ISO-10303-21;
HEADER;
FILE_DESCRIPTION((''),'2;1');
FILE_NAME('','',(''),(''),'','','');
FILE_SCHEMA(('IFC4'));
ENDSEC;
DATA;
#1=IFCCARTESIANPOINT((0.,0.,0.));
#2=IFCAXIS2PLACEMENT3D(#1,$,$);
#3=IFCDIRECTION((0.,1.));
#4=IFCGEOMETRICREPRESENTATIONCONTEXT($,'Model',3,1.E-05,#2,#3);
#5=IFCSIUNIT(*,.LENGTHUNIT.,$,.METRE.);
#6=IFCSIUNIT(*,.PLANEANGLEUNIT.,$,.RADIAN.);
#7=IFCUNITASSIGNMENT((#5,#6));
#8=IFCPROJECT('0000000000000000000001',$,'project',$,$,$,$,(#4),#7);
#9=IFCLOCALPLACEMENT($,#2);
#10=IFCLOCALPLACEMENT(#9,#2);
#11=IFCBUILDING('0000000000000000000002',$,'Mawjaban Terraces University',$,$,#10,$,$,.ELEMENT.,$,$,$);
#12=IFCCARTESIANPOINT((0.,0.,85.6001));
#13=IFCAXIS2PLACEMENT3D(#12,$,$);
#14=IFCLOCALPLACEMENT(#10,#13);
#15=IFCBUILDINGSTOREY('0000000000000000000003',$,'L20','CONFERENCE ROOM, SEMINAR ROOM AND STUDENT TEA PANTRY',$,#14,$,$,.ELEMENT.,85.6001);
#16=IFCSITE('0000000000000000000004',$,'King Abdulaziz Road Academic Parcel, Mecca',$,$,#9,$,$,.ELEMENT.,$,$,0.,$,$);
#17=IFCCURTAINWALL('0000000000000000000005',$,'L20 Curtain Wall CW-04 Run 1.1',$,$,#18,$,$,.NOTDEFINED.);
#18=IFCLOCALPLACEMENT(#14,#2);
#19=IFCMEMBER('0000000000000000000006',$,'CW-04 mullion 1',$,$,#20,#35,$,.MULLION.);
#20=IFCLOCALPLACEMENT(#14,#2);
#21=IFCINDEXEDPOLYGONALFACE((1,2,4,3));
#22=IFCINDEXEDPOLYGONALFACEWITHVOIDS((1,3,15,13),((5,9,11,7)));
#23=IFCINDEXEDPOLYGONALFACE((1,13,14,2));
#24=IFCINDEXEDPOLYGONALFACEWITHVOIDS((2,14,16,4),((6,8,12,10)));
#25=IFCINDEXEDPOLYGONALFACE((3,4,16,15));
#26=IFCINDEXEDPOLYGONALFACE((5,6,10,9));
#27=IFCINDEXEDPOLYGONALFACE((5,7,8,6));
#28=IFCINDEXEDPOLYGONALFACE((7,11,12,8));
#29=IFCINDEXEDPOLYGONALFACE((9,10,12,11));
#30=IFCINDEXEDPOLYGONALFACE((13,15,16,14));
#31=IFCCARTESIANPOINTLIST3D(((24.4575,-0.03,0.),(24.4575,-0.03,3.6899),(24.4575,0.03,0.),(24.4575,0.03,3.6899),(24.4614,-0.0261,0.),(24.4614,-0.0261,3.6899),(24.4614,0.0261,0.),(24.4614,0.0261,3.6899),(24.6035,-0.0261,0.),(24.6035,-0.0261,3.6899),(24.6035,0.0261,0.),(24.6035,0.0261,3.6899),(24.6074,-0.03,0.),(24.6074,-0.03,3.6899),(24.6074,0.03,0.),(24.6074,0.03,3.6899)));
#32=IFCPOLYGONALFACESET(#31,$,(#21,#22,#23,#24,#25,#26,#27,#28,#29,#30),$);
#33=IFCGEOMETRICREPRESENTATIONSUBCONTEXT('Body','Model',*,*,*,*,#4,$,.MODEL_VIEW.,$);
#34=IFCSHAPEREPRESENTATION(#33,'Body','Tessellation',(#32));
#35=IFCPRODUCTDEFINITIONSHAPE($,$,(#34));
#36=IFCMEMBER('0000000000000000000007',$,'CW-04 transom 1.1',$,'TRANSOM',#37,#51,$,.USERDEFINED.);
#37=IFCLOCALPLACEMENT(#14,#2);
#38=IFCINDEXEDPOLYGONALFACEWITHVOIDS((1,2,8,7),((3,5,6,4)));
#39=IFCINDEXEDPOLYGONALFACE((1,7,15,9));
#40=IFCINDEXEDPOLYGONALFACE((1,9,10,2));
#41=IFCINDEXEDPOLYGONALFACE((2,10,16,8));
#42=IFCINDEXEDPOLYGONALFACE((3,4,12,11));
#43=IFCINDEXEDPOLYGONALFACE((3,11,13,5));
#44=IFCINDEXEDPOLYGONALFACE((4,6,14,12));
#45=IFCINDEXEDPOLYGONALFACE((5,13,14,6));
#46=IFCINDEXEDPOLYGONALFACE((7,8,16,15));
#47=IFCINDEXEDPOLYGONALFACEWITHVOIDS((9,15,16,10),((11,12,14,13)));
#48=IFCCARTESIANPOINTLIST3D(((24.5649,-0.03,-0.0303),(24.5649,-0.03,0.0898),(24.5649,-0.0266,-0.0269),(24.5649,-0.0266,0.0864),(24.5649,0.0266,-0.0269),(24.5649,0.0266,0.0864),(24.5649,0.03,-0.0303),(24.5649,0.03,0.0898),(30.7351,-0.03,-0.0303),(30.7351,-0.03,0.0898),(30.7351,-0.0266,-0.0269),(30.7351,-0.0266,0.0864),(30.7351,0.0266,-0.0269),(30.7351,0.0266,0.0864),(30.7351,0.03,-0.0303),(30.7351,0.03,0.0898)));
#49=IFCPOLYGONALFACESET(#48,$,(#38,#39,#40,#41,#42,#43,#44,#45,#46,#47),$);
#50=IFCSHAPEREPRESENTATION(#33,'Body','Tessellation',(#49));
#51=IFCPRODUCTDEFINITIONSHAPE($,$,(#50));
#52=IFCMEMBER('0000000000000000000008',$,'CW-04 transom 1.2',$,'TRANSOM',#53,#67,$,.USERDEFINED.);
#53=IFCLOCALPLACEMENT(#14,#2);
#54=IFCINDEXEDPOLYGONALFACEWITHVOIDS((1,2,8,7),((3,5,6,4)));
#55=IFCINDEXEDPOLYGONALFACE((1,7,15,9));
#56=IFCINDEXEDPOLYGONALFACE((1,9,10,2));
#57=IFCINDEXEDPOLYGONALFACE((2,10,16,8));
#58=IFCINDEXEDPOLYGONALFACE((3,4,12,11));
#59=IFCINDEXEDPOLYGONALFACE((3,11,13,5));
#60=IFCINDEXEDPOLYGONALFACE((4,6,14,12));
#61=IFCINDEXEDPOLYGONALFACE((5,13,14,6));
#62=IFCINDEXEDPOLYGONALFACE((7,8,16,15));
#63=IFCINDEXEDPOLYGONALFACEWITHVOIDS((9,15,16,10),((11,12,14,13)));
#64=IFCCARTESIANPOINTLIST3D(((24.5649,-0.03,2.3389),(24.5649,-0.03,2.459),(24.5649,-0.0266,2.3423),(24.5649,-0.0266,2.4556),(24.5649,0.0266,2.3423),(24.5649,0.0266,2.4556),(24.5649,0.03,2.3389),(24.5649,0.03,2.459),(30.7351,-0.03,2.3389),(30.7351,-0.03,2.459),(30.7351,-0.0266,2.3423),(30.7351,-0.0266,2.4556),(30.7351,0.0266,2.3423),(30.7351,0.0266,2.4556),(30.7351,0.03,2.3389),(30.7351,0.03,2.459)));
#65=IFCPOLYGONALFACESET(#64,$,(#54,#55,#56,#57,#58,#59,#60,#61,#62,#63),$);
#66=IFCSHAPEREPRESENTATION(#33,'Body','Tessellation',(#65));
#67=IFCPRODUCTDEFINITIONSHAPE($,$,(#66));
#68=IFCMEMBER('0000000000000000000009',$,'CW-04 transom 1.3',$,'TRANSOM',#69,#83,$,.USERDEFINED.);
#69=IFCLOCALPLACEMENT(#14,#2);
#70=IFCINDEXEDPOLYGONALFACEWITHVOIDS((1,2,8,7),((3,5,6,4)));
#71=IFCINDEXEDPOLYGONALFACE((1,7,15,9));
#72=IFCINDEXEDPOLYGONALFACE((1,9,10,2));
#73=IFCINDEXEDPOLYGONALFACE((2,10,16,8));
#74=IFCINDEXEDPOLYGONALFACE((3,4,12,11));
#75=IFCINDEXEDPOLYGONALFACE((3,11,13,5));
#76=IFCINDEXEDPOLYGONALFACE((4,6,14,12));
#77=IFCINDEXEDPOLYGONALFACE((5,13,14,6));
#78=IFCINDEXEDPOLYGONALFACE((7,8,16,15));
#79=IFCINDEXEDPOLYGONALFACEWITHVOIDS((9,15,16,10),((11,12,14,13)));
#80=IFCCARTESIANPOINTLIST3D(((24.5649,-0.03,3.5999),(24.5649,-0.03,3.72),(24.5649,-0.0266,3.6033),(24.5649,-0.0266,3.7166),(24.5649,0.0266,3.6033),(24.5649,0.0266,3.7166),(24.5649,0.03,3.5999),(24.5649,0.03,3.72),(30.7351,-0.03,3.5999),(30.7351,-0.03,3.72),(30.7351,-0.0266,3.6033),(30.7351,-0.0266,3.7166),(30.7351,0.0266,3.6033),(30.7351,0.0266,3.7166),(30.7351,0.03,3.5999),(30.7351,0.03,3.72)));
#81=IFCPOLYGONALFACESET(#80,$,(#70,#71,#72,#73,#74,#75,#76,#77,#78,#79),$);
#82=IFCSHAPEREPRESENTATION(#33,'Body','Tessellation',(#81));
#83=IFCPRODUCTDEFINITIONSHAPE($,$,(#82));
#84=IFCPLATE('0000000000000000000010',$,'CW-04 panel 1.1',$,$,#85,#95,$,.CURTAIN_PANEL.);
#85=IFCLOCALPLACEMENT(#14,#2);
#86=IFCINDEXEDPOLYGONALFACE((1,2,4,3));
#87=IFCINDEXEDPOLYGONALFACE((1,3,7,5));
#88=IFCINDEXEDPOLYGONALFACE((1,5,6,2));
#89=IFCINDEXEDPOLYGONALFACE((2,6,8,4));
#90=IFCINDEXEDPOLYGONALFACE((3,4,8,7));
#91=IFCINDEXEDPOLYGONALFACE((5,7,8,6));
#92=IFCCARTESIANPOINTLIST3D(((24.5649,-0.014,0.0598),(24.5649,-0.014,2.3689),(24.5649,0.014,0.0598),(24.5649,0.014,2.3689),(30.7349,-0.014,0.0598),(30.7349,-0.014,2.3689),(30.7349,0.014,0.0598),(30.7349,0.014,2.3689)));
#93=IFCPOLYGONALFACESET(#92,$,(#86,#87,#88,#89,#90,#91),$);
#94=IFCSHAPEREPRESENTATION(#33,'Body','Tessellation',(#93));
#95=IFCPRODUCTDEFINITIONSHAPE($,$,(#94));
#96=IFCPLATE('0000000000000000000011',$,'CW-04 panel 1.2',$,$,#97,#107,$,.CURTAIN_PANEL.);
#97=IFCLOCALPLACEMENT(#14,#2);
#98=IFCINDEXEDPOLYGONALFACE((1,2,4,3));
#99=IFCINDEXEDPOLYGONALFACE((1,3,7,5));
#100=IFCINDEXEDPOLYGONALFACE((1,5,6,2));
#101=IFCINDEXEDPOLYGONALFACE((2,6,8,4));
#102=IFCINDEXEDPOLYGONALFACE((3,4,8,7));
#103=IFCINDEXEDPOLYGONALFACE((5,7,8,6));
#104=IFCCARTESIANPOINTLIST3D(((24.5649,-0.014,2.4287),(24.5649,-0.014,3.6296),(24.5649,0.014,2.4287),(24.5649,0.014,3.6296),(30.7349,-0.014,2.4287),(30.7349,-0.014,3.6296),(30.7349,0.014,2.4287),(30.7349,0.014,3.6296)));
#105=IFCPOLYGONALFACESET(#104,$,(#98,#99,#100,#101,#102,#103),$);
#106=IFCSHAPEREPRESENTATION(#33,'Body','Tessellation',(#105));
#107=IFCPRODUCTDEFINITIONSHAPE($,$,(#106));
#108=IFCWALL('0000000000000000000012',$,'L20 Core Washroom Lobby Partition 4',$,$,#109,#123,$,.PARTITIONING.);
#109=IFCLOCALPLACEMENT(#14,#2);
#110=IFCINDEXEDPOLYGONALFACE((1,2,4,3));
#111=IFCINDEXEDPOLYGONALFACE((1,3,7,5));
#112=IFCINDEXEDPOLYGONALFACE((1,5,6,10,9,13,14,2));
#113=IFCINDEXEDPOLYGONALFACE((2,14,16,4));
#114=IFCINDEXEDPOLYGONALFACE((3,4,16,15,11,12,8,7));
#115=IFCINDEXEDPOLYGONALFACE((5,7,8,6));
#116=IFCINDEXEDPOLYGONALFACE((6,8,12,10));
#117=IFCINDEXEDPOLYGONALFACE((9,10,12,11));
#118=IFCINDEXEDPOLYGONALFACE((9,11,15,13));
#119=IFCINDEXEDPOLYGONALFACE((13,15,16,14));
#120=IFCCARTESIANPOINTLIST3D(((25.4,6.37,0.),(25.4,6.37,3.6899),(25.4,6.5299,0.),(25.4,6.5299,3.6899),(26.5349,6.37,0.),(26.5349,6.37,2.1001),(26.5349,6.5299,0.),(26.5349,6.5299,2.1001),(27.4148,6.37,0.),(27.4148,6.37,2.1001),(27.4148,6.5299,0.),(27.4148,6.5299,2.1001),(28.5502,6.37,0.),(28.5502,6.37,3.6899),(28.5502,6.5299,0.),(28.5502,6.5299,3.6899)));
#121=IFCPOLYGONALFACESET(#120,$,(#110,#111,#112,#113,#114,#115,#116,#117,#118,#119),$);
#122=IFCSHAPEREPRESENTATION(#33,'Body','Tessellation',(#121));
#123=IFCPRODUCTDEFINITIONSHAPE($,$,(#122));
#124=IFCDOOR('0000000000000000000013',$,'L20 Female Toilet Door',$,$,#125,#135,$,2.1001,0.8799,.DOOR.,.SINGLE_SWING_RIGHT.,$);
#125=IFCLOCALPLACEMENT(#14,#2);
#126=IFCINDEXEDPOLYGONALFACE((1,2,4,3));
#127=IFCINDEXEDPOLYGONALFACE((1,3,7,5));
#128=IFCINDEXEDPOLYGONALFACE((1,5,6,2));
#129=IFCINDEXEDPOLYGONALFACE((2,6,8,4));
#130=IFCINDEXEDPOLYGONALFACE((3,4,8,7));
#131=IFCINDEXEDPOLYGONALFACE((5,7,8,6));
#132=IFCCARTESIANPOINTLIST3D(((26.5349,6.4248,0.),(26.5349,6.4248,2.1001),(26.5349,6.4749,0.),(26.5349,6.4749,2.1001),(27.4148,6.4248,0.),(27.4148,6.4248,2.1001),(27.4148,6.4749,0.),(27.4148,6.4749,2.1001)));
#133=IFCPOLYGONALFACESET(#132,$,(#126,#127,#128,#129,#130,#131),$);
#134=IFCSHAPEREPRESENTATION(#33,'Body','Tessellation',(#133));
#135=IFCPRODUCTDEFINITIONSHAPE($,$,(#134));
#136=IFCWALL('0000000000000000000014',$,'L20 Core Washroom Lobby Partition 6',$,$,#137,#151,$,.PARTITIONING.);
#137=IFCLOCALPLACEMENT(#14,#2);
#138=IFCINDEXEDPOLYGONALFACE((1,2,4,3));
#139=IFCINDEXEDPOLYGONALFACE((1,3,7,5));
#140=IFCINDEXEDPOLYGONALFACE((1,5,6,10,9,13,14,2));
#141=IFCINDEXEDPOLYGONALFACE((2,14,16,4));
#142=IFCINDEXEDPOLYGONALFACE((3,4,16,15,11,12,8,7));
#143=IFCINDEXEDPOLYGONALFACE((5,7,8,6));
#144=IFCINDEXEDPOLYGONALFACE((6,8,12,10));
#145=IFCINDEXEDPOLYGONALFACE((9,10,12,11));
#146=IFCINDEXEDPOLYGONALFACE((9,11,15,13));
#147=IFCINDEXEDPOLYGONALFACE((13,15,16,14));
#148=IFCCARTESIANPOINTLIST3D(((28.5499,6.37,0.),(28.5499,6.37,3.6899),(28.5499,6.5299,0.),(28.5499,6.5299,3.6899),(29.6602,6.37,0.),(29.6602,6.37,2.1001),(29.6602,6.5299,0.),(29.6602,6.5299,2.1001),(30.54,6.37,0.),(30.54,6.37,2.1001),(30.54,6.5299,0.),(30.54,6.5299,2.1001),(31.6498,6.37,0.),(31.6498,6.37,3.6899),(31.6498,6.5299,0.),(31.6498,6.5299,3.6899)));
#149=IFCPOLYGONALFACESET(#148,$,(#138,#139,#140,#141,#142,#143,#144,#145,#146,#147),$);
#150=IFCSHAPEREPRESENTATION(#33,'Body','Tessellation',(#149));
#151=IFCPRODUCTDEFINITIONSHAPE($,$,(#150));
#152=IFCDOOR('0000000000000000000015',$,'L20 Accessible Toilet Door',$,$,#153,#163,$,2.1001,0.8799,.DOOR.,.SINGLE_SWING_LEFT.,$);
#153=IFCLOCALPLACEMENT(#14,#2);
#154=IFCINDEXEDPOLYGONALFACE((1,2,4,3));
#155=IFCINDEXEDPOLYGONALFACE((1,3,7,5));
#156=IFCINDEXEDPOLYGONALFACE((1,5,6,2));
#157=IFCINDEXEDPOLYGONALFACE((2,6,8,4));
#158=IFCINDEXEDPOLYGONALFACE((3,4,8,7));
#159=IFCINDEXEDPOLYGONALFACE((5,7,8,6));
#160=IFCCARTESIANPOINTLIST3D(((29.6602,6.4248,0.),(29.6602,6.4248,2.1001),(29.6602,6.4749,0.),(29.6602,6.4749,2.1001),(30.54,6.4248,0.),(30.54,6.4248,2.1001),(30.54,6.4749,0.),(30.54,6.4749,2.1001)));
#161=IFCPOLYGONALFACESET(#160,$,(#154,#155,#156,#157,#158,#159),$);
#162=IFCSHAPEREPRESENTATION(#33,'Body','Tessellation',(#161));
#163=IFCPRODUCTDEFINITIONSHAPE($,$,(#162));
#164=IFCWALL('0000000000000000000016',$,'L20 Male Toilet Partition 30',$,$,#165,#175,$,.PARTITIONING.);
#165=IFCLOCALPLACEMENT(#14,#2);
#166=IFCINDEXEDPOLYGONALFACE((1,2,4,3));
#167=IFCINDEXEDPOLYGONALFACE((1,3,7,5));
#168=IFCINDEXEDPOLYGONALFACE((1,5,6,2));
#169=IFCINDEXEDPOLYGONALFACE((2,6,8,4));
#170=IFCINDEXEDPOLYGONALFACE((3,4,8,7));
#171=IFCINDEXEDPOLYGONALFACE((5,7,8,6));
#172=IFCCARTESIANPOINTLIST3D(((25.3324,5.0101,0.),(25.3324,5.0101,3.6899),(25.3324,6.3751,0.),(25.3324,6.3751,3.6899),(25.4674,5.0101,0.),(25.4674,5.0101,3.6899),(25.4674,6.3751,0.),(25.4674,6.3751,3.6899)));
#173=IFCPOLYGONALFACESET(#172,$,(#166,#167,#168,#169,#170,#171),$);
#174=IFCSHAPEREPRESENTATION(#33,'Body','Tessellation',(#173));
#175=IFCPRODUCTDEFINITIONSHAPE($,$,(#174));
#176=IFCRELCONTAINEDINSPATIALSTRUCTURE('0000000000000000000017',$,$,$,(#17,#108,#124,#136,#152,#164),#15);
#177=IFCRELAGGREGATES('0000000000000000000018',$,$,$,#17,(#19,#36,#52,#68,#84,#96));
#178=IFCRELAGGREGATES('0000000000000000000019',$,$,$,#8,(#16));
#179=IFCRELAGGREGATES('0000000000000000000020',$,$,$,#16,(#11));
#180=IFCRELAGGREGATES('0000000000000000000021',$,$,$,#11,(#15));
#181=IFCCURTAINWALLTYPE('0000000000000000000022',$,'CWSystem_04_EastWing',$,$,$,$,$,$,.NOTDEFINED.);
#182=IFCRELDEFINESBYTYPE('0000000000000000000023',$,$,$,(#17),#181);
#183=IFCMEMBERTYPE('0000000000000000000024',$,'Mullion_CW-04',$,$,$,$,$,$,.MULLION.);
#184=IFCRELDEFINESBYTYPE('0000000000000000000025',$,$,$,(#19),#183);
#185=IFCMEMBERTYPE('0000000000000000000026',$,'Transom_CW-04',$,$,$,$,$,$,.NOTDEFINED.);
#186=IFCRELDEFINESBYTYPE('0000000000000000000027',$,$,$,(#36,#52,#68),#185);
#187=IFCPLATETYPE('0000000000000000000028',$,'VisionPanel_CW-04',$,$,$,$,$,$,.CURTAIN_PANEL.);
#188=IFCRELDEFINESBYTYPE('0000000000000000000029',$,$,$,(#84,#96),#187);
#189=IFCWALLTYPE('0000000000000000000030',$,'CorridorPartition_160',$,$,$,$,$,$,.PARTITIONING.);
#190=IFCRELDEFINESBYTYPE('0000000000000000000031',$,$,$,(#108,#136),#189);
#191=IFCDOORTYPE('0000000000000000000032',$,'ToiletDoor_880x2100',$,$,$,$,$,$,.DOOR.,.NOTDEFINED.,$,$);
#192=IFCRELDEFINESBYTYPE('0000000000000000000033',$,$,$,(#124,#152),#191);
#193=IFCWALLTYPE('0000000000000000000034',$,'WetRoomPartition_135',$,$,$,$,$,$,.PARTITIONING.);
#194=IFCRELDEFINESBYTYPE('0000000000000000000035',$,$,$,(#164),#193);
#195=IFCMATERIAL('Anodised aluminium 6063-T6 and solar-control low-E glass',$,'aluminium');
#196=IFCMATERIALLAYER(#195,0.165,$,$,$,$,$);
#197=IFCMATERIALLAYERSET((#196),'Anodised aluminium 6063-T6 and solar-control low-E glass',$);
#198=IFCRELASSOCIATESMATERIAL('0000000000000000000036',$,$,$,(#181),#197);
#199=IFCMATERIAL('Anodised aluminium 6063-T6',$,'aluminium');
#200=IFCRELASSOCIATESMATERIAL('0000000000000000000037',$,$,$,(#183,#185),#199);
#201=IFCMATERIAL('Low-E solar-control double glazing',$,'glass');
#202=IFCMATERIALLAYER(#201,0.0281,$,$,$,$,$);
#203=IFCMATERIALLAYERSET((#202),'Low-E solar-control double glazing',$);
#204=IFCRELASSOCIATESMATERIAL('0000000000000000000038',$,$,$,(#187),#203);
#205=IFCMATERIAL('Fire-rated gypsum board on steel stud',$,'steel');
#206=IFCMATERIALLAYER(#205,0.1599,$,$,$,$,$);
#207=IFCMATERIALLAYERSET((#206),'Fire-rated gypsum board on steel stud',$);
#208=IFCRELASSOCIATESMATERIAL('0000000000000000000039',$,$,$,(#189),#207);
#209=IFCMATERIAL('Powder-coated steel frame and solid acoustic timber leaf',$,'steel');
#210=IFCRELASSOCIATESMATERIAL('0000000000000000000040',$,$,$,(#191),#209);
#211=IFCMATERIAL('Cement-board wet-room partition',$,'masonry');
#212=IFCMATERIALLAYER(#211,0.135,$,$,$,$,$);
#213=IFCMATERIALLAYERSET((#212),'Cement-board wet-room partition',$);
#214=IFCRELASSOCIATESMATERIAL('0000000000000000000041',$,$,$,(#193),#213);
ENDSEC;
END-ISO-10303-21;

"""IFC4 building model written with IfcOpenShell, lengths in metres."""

from ifc_helpers import new_model, si_unit, direction, frame, frame_2d, origin, origin_2d, place, context, subcontext, project, spatial, rectangle, hollow_rectangle, extrude, material, layer, layer_set, material_profile, profile_set, type_object, element, fill, aggregate, save


model = new_model("IFC4")

# Units and contexts
model_context = context("Model", 3, precision=1e-05, world=origin(), true_north=direction((0.0, 1.0)))
body_context = subcontext(model_context, "Body", "Model", "MODEL_VIEW")
ifc_project = project(units=[si_unit("LENGTHUNIT", "METRE"), si_unit("PLANEANGLEUNIT", "RADIAN")], contexts=[model_context])

# Site, building, storey
site_placement = place(None, origin())
site = spatial("IfcSite", under=ifc_project, at=site_placement, Name="King Abdulaziz Road Academic Parcel, Mecca", CompositionType="ELEMENT", RefElevation=0.0)
building_placement = place(site_placement, origin())
building = spatial("IfcBuilding", under=site, at=building_placement, Name="Mawjaban Terraces University", CompositionType="ELEMENT")
storey_placement = place(building_placement, frame((0.0, 0.0, 85.6001)))
storey = spatial("IfcBuildingStorey", under=building, at=storey_placement, Name="L20", Description="CONFERENCE ROOM, SEMINAR ROOM AND STUDENT TEA PANTRY", CompositionType="ELEMENT", Elevation=85.6001)

# Curtain wall, members, plates
ifc_material_1 = material(Name="Anodised aluminium 6063-T6 and solar-control low-E glass", Category="aluminium")
ifc_layer_1 = layer(ifc_material_1, 0.165)
ifc_layer_set_1 = layer_set([ifc_layer_1], Name="Anodised aluminium 6063-T6 and solar-control low-E glass")
curtain_wall_type = type_object("IfcCurtainWallType", Name="CWSystem_04_EastWing", PredefinedType="NOTDEFINED", material=ifc_layer_set_1)
curtain_wall_placement = place(storey_placement, origin())
curtain_wall = element("IfcCurtainWall", 1, at=curtain_wall_placement, inside=storey, type_object=curtain_wall_type, Name="L20 Curtain Wall CW-04 Run 1.1", PredefinedType="NOTDEFINED")
ifc_material_2 = material(Name="Anodised aluminium 6063-T6", Category="aluminium")
ifc_material_profile_1 = material_profile(ifc_material_2, hollow_rectangle(XDim=0.0601, YDim=0.1499, WallThickness=0.0039, at=origin_2d()), Name="ALU150X60X4")
ifc_profile_set_1 = profile_set([ifc_material_profile_1], Name="Anodised aluminium 6063-T6")
member_type_1 = type_object("IfcMemberType", Name="Mullion_CW-04", PredefinedType="MULLION", material=ifc_profile_set_1)
member_1_placement = place(storey_placement, frame((24.5325, 0.0, 0.0), z_axis=(0.0, 0.0, 1.0), x_axis=(0.0, 1.0, 0.0)))
member_1 = element("IfcMember", 2, at=member_1_placement, type_object=member_type_1, Name="CW-04 mullion 1", PredefinedType="MULLION", context=body_context, shape_type="SweptSolid", body=[
    extrude(hollow_rectangle(XDim=0.0601, YDim=0.1499, WallThickness=0.0039, at=origin_2d()), origin(), (0.0, 0.0, 1.0), 3.6899),
])
ifc_material_profile_2 = material_profile(ifc_material_2, hollow_rectangle(XDim=0.0601, YDim=0.1201, WallThickness=0.0034, at=origin_2d()), Name="ALU120X60X3.5")
ifc_profile_set_2 = profile_set([ifc_material_profile_2], Name="Anodised aluminium 6063-T6")
member_type_2 = type_object("IfcMemberType", Name="Transom_CW-04", PredefinedType="NOTDEFINED", material=ifc_profile_set_2)
member_2_placement = place(storey_placement, frame((24.5649, 0.0, 0.0298), z_axis=(1.0, 0.0, 0.0), x_axis=(0.0, 1.0, 0.0)))
member_2 = element("IfcMember", 3, at=member_2_placement, type_object=member_type_2, Name="CW-04 transom 1.1", ObjectType="TRANSOM", PredefinedType="USERDEFINED", context=body_context, shape_type="SweptSolid", body=[
    extrude(hollow_rectangle(XDim=0.0601, YDim=0.1201, WallThickness=0.0034, at=origin_2d()), origin(), (0.0, 0.0, 1.0), 6.1702),
])
member_3_placement = place(storey_placement, frame((24.5649, 0.0, 2.3989), z_axis=(1.0, 0.0, 0.0), x_axis=(0.0, 1.0, 0.0)))
member_3 = element("IfcMember", 4, at=member_3_placement, type_object=member_type_2, Name="CW-04 transom 1.2", ObjectType="TRANSOM", PredefinedType="USERDEFINED", context=body_context, shape_type="SweptSolid", body=[
    extrude(hollow_rectangle(XDim=0.0601, YDim=0.1201, WallThickness=0.0034, at=origin_2d()), origin(), (0.0, 0.0, 1.0), 6.1702),
])
member_4_placement = place(storey_placement, frame((24.5649, 0.0, 3.6599), z_axis=(1.0, 0.0, 0.0), x_axis=(0.0, 1.0, 0.0)))
member_4 = element("IfcMember", 5, at=member_4_placement, type_object=member_type_2, Name="CW-04 transom 1.3", ObjectType="TRANSOM", PredefinedType="USERDEFINED", context=body_context, shape_type="SweptSolid", body=[
    extrude(hollow_rectangle(XDim=0.0601, YDim=0.1201, WallThickness=0.0034, at=origin_2d()), origin(), (0.0, 0.0, 1.0), 6.1702),
])
ifc_material_3 = material(Name="Low-E solar-control double glazing", Category="glass")
ifc_layer_2 = layer(ifc_material_3, 0.0281)
ifc_layer_set_2 = layer_set([ifc_layer_2], Name="Low-E solar-control double glazing")
plate_type = type_object("IfcPlateType", Name="VisionPanel_CW-04", PredefinedType="CURTAIN_PANEL", material=ifc_layer_set_2)
plate_1_placement = place(storey_placement, frame((27.6499, 0.0, 0.0598), z_axis=(0.0, 0.0, 1.0), x_axis=(1.0, 0.0, 0.0)))
plate_1 = element("IfcPlate", 6, at=plate_1_placement, type_object=plate_type, Name="CW-04 panel 1.1", PredefinedType="CURTAIN_PANEL", context=body_context, shape_type="SweptSolid", body=[
    extrude(rectangle(XDim=6.1699, YDim=0.0281, at=origin_2d()), origin(), (0.0, 0.0, 1.0), 2.3091),
])
plate_2_placement = place(storey_placement, frame((27.6499, 0.0, 2.4287), z_axis=(0.0, 0.0, 1.0), x_axis=(1.0, 0.0, 0.0)))
plate_2 = element("IfcPlate", 7, at=plate_2_placement, type_object=plate_type, Name="CW-04 panel 1.2", PredefinedType="CURTAIN_PANEL", context=body_context, shape_type="SweptSolid", body=[
    extrude(rectangle(XDim=6.1699, YDim=0.0281, at=origin_2d()), origin(), (0.0, 0.0, 1.0), 1.2009),
])
aggregate(curtain_wall, [member_1, member_2, member_3, member_4, plate_1, plate_2])

# Walls, openings, doors
ifc_material_4 = material(Name="Fire-rated gypsum board on steel stud", Category="steel")
ifc_layer_3 = layer(ifc_material_4, 0.1599)
ifc_layer_set_3 = layer_set([ifc_layer_3], Name="Fire-rated gypsum board on steel stud")
wall_type_1 = type_object("IfcWallType", Name="CorridorPartition_160", PredefinedType="PARTITIONING", material=ifc_layer_set_3)
wall_1_placement = place(storey_placement, frame((25.3999, 6.45, 0.0), z_axis=(0.0, 0.0, 1.0), x_axis=(1.0, 0.0, 0.0)))
wall_1 = element("IfcWall", 8, at=wall_1_placement, inside=storey, type_object=wall_type_1, Name="L20 Core Washroom Lobby Partition 4", PredefinedType="PARTITIONING", context=body_context, shape_type="SweptSolid", body=[
    extrude(rectangle(XDim=3.1501, YDim=0.1599, at=frame_2d((1.5752, 0.0))), origin(), (0.0, 0.0, 1.0), 3.6899),
])
opening_1_placement = place(wall_1_placement, frame((1.135, 0.0, 0.0)))
opening_1 = element("IfcOpeningElement", 9, at=opening_1_placement, cuts=wall_1, PredefinedType="OPENING", context=body_context, shape_type="SweptSolid", body=[
    extrude(rectangle(XDim=0.8799, YDim=2.1001, at=frame_2d((0.4399, 1.05))), frame((0.0, 0.0898, 0.0), z_axis=(0.0, -1.0, 0.0), x_axis=(1.0, 0.0, 0.0)), (0.0, 0.0, 1.0), 0.1799),
])
ifc_material_5 = material(Name="Powder-coated steel frame and solid acoustic timber leaf", Category="steel")
door_type = type_object("IfcDoorType", Name="ToiletDoor_880x2100", OperationType="NOTDEFINED", PredefinedType="DOOR", material=ifc_material_5)
door_1_placement = place(opening_1_placement, origin())
door_1 = element("IfcDoor", 10, at=door_1_placement, inside=storey, type_object=door_type, Name="L20 Female Toilet Door", OperationType="SINGLE_SWING_RIGHT", OverallHeight=2.1001, OverallWidth=0.8799, PredefinedType="DOOR", context=body_context, shape_type="SweptSolid", body=[
    extrude(rectangle(XDim=0.8799, YDim=2.1001, at=frame_2d((0.4399, 1.05))), frame((0.0, 0.0249, 0.0), z_axis=(0.0, -1.0, 0.0), x_axis=(1.0, 0.0, 0.0)), (0.0, 0.0, 1.0), 0.05),
])
fill(opening_1, door_1)
wall_2_placement = place(storey_placement, frame((28.55, 6.45, 0.0), z_axis=(0.0, 0.0, 1.0), x_axis=(1.0, 0.0, 0.0)))
wall_2 = element("IfcWall", 11, at=wall_2_placement, inside=storey, type_object=wall_type_1, Name="L20 Core Washroom Lobby Partition 6", PredefinedType="PARTITIONING", context=body_context, shape_type="SweptSolid", body=[
    extrude(rectangle(XDim=3.0999, YDim=0.1599, at=frame_2d((1.5498, 0.0))), origin(), (0.0, 0.0, 1.0), 3.6899),
])
opening_2_placement = place(wall_2_placement, frame((1.1101, 0.0, 0.0)))
opening_2 = element("IfcOpeningElement", 12, at=opening_2_placement, cuts=wall_2, PredefinedType="OPENING", context=body_context, shape_type="SweptSolid", body=[
    extrude(rectangle(XDim=0.8799, YDim=2.1001, at=frame_2d((0.4399, 1.05))), frame((0.0, 0.0898, 0.0), z_axis=(0.0, -1.0, 0.0), x_axis=(1.0, 0.0, 0.0)), (0.0, 0.0, 1.0), 0.1799),
])
door_2_placement = place(opening_2_placement, origin())
door_2 = element("IfcDoor", 13, at=door_2_placement, inside=storey, type_object=door_type, Name="L20 Accessible Toilet Door", OperationType="SINGLE_SWING_LEFT", OverallHeight=2.1001, OverallWidth=0.8799, PredefinedType="DOOR", context=body_context, shape_type="SweptSolid", body=[
    extrude(rectangle(XDim=0.8799, YDim=2.1001, at=frame_2d((0.4399, 1.05))), frame((0.0, 0.0249, 0.0), z_axis=(0.0, -1.0, 0.0), x_axis=(1.0, 0.0, 0.0)), (0.0, 0.0, 1.0), 0.05),
])
fill(opening_2, door_2)

# Wall
ifc_material_6 = material(Name="Cement-board wet-room partition", Category="masonry")
ifc_layer_4 = layer(ifc_material_6, 0.135)
ifc_layer_set_4 = layer_set([ifc_layer_4], Name="Cement-board wet-room partition")
wall_type_2 = type_object("IfcWallType", Name="WetRoomPartition_135", PredefinedType="PARTITIONING", material=ifc_layer_set_4)
for number, where, z_axis, x_axis, name in (
    (14, (25.3999, 5.01, 0.0), (0.0, 0.0, 1.0), (0.0, 1.0, 0.0), "L20 Male Toilet Partition 30"),
):
    element("IfcWall", number, at=place(storey_placement, frame(where, z_axis=z_axis, x_axis=x_axis)), inside=storey, type_object=wall_type_2, Name=name, PredefinedType="PARTITIONING", context=body_context, shape_type="SweptSolid", body=[
        extrude(rectangle(XDim=1.365, YDim=0.135, at=frame_2d((0.6826, 0.0))), origin(), (0.0, 0.0, 1.0), 3.6899),
    ])

save(model, "model.ifc")
